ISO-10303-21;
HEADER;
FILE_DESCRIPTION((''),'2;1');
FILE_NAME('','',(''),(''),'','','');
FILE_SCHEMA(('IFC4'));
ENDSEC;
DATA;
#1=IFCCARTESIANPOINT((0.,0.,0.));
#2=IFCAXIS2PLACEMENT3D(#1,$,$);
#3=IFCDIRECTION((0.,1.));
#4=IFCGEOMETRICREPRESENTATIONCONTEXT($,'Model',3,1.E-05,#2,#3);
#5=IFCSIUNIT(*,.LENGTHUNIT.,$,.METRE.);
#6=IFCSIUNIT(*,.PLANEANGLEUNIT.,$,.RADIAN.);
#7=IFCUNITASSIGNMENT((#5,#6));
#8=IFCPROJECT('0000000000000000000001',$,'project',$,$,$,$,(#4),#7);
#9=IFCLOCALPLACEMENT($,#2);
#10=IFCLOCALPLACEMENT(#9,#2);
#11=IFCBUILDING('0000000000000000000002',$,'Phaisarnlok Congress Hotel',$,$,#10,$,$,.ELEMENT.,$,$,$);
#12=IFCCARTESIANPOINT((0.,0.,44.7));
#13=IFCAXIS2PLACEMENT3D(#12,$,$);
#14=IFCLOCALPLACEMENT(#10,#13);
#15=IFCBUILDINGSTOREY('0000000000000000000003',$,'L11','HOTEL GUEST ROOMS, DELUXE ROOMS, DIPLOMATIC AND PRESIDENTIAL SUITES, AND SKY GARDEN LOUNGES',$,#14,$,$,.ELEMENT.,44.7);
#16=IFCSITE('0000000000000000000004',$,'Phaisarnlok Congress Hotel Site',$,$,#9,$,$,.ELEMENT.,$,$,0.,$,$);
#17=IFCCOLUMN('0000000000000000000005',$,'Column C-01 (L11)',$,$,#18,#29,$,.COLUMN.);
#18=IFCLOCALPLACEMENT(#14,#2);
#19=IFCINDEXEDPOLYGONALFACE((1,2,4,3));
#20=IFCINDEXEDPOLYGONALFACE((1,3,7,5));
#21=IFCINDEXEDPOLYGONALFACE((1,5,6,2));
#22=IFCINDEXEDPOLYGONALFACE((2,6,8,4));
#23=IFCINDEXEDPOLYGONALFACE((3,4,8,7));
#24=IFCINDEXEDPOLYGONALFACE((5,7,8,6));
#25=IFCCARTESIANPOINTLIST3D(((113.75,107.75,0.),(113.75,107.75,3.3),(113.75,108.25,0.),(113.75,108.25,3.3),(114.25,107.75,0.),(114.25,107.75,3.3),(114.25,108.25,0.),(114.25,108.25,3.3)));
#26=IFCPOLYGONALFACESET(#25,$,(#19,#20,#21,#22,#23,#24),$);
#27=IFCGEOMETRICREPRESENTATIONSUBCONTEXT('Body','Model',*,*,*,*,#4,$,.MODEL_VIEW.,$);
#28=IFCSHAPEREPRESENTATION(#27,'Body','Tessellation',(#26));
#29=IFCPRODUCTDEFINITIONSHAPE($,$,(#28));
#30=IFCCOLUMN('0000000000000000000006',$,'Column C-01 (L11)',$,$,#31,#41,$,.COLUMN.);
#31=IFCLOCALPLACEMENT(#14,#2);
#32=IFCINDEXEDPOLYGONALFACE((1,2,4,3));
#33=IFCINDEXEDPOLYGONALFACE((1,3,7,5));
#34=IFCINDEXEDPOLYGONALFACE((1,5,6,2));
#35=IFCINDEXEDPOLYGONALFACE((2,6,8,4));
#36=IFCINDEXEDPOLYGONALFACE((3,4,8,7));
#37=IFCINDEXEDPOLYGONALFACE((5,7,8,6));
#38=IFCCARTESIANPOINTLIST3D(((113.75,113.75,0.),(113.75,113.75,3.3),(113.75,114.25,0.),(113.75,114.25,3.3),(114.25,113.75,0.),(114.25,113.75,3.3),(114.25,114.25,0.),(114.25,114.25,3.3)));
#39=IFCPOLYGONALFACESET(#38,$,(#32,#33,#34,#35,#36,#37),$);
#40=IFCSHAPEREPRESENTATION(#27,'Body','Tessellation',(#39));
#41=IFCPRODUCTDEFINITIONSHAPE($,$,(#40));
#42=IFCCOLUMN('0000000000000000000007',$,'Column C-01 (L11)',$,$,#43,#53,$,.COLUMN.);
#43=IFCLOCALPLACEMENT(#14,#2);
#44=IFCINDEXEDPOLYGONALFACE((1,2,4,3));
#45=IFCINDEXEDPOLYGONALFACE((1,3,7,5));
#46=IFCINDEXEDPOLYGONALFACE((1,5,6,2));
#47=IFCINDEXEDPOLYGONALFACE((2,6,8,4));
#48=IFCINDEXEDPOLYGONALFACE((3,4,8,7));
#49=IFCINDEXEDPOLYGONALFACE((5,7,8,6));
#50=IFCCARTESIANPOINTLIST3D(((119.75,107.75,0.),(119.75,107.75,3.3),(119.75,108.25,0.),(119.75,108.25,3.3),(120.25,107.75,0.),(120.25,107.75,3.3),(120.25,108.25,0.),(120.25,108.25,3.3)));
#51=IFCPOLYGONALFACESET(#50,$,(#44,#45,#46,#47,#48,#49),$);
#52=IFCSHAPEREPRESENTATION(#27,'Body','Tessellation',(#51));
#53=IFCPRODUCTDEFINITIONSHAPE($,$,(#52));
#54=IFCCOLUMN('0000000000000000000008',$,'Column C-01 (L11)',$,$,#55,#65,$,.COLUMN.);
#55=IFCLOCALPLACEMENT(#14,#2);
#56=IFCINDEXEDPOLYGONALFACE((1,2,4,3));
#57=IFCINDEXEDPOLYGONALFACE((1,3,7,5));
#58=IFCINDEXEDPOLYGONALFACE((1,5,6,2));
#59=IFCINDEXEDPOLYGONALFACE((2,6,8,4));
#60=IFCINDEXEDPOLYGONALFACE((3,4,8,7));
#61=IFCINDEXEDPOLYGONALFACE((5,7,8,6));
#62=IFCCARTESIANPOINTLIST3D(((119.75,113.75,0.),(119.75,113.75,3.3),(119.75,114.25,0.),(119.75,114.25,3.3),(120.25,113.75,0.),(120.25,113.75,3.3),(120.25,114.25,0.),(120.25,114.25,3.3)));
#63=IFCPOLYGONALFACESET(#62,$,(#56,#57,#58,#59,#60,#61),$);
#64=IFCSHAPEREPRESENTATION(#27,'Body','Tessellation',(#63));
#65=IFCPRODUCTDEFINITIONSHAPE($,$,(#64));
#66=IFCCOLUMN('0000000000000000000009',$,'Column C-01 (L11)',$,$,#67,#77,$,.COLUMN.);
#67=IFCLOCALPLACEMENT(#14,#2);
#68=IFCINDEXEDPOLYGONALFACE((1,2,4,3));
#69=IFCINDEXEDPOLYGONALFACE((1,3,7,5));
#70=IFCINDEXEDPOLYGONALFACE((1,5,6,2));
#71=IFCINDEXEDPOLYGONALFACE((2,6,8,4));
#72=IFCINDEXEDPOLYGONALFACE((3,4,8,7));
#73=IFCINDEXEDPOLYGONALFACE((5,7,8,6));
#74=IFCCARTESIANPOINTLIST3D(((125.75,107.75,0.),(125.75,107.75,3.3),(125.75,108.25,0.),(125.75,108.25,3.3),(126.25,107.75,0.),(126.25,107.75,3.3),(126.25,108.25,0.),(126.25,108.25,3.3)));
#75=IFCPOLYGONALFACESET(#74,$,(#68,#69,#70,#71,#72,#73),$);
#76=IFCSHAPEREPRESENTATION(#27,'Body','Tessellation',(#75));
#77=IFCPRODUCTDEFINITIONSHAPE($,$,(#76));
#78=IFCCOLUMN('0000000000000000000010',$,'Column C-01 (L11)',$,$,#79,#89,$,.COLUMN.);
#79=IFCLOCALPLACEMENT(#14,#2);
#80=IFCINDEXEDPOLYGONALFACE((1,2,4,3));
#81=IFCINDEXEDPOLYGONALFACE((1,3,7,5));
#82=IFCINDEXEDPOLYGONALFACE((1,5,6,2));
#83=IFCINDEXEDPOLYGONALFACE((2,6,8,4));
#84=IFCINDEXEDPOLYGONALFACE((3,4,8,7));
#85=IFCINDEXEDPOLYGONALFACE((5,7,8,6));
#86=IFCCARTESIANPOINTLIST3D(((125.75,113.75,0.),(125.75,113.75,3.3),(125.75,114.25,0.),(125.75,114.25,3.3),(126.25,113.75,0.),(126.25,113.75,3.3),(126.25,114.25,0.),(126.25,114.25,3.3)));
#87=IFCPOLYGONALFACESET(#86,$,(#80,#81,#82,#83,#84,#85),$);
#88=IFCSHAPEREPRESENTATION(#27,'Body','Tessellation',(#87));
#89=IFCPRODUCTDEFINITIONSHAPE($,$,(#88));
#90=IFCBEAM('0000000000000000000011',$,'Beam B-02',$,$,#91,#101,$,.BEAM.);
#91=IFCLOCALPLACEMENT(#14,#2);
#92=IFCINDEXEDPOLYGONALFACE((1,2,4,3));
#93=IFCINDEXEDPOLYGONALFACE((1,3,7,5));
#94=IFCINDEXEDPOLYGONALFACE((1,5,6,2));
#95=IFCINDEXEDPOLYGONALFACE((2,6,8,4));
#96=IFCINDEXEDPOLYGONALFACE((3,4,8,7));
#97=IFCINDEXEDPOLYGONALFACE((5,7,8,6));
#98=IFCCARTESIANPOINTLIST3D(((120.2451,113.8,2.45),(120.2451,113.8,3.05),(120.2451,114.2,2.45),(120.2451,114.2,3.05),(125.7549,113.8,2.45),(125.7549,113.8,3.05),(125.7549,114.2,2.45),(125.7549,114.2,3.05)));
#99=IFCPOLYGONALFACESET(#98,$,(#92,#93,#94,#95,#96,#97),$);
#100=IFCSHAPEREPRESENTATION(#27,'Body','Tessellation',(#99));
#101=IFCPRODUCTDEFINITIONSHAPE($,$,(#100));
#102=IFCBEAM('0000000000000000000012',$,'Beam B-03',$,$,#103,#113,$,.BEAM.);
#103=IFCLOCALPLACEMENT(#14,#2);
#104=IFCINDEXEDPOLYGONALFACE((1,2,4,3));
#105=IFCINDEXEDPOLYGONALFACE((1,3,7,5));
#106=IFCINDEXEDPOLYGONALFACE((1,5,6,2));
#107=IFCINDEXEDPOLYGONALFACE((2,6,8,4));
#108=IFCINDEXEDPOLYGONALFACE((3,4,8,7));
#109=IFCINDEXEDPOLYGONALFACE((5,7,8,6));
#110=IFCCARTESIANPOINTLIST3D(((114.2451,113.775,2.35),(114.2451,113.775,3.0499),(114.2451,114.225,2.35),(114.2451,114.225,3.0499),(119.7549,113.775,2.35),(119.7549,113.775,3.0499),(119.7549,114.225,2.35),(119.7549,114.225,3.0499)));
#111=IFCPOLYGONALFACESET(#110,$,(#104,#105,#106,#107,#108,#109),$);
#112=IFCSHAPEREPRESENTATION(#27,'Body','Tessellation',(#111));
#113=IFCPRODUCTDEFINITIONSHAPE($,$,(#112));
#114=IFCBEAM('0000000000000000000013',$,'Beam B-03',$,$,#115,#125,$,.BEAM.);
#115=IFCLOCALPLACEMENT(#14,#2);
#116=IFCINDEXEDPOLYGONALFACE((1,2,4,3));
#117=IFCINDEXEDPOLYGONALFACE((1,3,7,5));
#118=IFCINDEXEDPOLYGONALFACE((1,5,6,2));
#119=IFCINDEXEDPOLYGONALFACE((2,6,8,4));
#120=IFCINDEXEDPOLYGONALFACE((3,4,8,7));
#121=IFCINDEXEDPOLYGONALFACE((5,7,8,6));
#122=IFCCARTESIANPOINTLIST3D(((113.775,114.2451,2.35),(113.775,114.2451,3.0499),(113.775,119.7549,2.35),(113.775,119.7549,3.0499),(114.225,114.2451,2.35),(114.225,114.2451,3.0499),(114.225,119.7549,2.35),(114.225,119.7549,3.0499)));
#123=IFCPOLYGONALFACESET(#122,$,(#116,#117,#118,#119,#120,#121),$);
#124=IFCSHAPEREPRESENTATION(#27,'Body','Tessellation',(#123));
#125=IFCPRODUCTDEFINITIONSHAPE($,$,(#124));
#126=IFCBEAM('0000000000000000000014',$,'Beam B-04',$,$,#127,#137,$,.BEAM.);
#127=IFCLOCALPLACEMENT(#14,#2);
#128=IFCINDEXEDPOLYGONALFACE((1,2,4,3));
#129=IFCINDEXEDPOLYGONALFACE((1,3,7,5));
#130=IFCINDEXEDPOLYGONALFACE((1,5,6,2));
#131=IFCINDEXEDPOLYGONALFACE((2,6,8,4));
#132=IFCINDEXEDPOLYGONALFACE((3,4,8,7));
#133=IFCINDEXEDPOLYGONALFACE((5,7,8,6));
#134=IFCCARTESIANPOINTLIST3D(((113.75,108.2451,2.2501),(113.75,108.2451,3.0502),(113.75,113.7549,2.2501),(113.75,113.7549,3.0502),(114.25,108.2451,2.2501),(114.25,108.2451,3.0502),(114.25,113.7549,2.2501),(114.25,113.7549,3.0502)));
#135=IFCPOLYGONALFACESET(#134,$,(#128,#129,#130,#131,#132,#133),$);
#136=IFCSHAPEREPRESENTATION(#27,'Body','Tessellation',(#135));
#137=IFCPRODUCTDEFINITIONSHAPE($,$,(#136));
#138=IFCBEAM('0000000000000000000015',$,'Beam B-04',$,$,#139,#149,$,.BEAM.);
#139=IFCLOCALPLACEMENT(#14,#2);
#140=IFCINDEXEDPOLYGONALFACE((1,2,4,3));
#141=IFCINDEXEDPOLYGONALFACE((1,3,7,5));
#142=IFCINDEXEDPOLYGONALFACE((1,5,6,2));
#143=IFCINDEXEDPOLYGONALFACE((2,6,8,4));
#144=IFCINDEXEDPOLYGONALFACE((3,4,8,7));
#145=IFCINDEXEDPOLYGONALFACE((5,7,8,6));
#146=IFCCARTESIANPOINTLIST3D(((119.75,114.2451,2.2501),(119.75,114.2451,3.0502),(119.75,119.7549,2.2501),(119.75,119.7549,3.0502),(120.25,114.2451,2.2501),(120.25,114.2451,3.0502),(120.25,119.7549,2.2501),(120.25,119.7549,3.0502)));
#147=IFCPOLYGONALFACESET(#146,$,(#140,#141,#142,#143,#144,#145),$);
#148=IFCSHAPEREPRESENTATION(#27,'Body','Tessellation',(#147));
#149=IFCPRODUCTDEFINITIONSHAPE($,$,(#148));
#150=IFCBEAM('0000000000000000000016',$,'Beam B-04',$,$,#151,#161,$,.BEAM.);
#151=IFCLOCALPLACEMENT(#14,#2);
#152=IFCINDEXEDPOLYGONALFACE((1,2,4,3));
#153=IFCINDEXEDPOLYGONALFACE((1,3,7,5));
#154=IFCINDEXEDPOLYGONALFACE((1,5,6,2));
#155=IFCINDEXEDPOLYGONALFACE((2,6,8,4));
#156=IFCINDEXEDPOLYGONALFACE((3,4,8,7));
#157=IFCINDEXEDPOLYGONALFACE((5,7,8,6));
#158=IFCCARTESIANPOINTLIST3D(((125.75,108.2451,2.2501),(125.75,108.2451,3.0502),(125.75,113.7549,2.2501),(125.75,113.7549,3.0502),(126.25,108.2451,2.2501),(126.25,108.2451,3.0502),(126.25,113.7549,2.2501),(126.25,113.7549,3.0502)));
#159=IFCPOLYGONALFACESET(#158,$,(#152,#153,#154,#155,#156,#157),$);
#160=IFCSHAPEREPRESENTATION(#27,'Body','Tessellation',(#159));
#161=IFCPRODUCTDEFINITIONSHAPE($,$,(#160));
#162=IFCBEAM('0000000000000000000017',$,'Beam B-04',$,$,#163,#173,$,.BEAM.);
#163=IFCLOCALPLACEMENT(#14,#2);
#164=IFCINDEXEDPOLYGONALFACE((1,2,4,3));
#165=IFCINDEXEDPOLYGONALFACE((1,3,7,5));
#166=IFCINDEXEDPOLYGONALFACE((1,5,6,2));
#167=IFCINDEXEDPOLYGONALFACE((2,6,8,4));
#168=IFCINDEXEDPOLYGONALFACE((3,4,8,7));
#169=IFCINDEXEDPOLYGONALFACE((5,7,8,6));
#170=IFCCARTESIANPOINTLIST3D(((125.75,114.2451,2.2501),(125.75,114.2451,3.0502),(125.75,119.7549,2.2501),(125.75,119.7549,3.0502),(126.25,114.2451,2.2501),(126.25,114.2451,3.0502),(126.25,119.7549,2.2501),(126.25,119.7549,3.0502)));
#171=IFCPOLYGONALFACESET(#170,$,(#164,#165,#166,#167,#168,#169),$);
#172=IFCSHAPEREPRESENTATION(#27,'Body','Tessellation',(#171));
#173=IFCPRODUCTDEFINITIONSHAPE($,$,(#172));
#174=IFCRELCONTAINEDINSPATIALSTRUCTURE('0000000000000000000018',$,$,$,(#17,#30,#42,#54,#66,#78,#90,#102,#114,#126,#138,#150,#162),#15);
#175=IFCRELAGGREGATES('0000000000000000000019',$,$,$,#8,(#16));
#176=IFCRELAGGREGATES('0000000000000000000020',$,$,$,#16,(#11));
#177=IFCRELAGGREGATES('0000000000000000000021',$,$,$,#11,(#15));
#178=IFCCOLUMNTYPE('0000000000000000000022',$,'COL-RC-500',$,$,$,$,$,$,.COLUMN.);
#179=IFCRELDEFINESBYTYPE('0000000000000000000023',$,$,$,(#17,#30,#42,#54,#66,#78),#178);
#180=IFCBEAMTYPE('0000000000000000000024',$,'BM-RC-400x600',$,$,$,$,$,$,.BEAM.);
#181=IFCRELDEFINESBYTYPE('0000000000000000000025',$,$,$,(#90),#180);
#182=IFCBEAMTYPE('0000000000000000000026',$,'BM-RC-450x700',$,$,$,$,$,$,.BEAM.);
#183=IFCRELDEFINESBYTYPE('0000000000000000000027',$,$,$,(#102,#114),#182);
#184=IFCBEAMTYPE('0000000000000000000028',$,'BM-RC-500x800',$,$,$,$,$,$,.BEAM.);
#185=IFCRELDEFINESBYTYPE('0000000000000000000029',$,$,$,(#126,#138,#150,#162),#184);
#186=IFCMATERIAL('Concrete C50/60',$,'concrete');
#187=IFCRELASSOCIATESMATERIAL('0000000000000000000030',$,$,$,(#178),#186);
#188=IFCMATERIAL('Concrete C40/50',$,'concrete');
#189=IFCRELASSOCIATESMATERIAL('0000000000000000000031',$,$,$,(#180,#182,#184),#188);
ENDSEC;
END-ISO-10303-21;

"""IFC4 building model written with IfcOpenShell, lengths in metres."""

from ifc_helpers import new_model, si_unit, direction, frame, origin, origin_2d, place, context, subcontext, project, spatial, rectangle, extrude, material, material_profile, profile_set, type_object, element, save


model = new_model("IFC4")

# Units and contexts
model_context = context("Model", 3, precision=1e-05, world=origin(), true_north=direction((0.0, 1.0)))
body_context = subcontext(model_context, "Body", "Model", "MODEL_VIEW")
ifc_project = project(units=[si_unit("LENGTHUNIT", "METRE"), si_unit("PLANEANGLEUNIT", "RADIAN")], contexts=[model_context])

# Site, building, storey
site_placement = place(None, origin())
site = spatial("IfcSite", under=ifc_project, at=site_placement, Name="Phaisarnlok Congress Hotel Site", CompositionType="ELEMENT", RefElevation=0.0)
building_placement = place(site_placement, origin())
building = spatial("IfcBuilding", under=site, at=building_placement, Name="Phaisarnlok Congress Hotel", CompositionType="ELEMENT")
storey_placement = place(building_placement, frame((0.0, 0.0, 44.7)))
storey = spatial("IfcBuildingStorey", under=building, at=storey_placement, Name="L11", Description="HOTEL GUEST ROOMS, DELUXE ROOMS, DIPLOMATIC AND PRESIDENTIAL SUITES, AND SKY GARDEN LOUNGES", CompositionType="ELEMENT", Elevation=44.7)

# Columns
ifc_material_1 = material(Name="Concrete C50/60", Category="concrete")
ifc_material_profile_1 = material_profile(ifc_material_1, rectangle(XDim=0.5, YDim=0.5, at=origin_2d()), Name="RC 500x500")
ifc_profile_set_1 = profile_set([ifc_material_profile_1], Name="Concrete C50/60")
column_type = type_object("IfcColumnType", Name="COL-RC-500", PredefinedType="COLUMN", material=ifc_profile_set_1)
for number, where, z_axis, x_axis, name in (
    (1, (114.0, 108.0, 0.0), (0.0, 0.0, 1.0), (1.0, 0.0, 0.0), "Column C-01 (L11)"),
    (2, (114.0, 114.0, 0.0), (0.0, 0.0, 1.0), (1.0, 0.0, 0.0), "Column C-01 (L11)"),
    (3, (120.0, 108.0, 0.0), (0.0, 0.0, 1.0), (1.0, 0.0, 0.0), "Column C-01 (L11)"),
    (4, (120.0, 114.0, 0.0), (0.0, 0.0, 1.0), (1.0, 0.0, 0.0), "Column C-01 (L11)"),
    (5, (126.0, 108.0, 0.0), (0.0, 0.0, 1.0), (1.0, 0.0, 0.0), "Column C-01 (L11)"),
    (6, (126.0, 114.0, 0.0), (0.0, 0.0, 1.0), (1.0, 0.0, 0.0), "Column C-01 (L11)"),
):
    element("IfcColumn", number, at=place(storey_placement, frame(where, z_axis=z_axis, x_axis=x_axis)), inside=storey, type_object=column_type, Name=name, PredefinedType="COLUMN", context=body_context, shape_type="SweptSolid", body=[
        extrude(rectangle(XDim=0.5, YDim=0.5, at=origin_2d()), origin(), (0.0, 0.0, 1.0), 3.3),
    ])

# Beams
ifc_material_2 = material(Name="Concrete C40/50", Category="concrete")
ifc_material_profile_2 = material_profile(ifc_material_2, rectangle(XDim=0.3999, YDim=0.6001, at=origin_2d()), Name="RC 400x600")
ifc_profile_set_2 = profile_set([ifc_material_profile_2], Name="Concrete C40/50")
beam_type_1 = type_object("IfcBeamType", Name="BM-RC-400x600", PredefinedType="BEAM", material=ifc_profile_set_2)
beam_1_placement = place(storey_placement, frame((120.2451, 114.0, 2.75), z_axis=(1.0, 0.0, 0.0), x_axis=(0.0, 1.0, 0.0)))
element("IfcBeam", 7, at=beam_1_placement, inside=storey, type_object=beam_type_1, Name="Beam B-02", PredefinedType="BEAM", context=body_context, shape_type="SweptSolid", body=[
    extrude(rectangle(XDim=0.3999, YDim=0.6001, at=origin_2d()), origin(), (0.0, 0.0, 1.0), 5.5098),
])
ifc_material_profile_3 = material_profile(ifc_material_2, rectangle(XDim=0.45, YDim=0.7, at=origin_2d()), Name="RC 450x700")
ifc_profile_set_3 = profile_set([ifc_material_profile_3], Name="Concrete C40/50")
beam_type_2 = type_object("IfcBeamType", Name="BM-RC-450x700", PredefinedType="BEAM", material=ifc_profile_set_3)
for number, where, z_axis, x_axis, name in (
    (8, (114.2451, 114.0, 2.7), (1.0, 0.0, 0.0), (0.0, 1.0, 0.0), "Beam B-03"),
    (9, (114.0, 114.2451, 2.7), (0.0, 1.0, 0.0), (-1.0, 0.0, 0.0), "Beam B-03"),
):
    element("IfcBeam", number, at=place(storey_placement, frame(where, z_axis=z_axis, x_axis=x_axis)), inside=storey, type_object=beam_type_2, Name=name, PredefinedType="BEAM", context=body_context, shape_type="SweptSolid", body=[
        extrude(rectangle(XDim=0.45, YDim=0.7, at=origin_2d()), origin(), (0.0, 0.0, 1.0), 5.5098),
    ])
ifc_material_profile_4 = material_profile(ifc_material_2, rectangle(XDim=0.5, YDim=0.8, at=origin_2d()), Name="RC 500x800")
ifc_profile_set_4 = profile_set([ifc_material_profile_4], Name="Concrete C40/50")
beam_type_3 = type_object("IfcBeamType", Name="BM-RC-500x800", PredefinedType="BEAM", material=ifc_profile_set_4)
for number, where, z_axis, x_axis, name in (
    (10, (114.0, 108.2451, 2.6501), (0.0, 1.0, 0.0), (-1.0, 0.0, 0.0), "Beam B-04"),
    (11, (120.0, 114.2451, 2.6501), (0.0, 1.0, 0.0), (-1.0, 0.0, 0.0), "Beam B-04"),
    (12, (126.0, 108.2451, 2.6501), (0.0, 1.0, 0.0), (-1.0, 0.0, 0.0), "Beam B-04"),
    (13, (126.0, 114.2451, 2.6501), (0.0, 1.0, 0.0), (-1.0, 0.0, 0.0), "Beam B-04"),
):
    element("IfcBeam", number, at=place(storey_placement, frame(where, z_axis=z_axis, x_axis=x_axis)), inside=storey, type_object=beam_type_3, Name=name, PredefinedType="BEAM", context=body_context, shape_type="SweptSolid", body=[
        extrude(rectangle(XDim=0.5, YDim=0.8, at=origin_2d()), origin(), (0.0, 0.0, 1.0), 5.5098),
    ])

save(model, "model.ifc")
